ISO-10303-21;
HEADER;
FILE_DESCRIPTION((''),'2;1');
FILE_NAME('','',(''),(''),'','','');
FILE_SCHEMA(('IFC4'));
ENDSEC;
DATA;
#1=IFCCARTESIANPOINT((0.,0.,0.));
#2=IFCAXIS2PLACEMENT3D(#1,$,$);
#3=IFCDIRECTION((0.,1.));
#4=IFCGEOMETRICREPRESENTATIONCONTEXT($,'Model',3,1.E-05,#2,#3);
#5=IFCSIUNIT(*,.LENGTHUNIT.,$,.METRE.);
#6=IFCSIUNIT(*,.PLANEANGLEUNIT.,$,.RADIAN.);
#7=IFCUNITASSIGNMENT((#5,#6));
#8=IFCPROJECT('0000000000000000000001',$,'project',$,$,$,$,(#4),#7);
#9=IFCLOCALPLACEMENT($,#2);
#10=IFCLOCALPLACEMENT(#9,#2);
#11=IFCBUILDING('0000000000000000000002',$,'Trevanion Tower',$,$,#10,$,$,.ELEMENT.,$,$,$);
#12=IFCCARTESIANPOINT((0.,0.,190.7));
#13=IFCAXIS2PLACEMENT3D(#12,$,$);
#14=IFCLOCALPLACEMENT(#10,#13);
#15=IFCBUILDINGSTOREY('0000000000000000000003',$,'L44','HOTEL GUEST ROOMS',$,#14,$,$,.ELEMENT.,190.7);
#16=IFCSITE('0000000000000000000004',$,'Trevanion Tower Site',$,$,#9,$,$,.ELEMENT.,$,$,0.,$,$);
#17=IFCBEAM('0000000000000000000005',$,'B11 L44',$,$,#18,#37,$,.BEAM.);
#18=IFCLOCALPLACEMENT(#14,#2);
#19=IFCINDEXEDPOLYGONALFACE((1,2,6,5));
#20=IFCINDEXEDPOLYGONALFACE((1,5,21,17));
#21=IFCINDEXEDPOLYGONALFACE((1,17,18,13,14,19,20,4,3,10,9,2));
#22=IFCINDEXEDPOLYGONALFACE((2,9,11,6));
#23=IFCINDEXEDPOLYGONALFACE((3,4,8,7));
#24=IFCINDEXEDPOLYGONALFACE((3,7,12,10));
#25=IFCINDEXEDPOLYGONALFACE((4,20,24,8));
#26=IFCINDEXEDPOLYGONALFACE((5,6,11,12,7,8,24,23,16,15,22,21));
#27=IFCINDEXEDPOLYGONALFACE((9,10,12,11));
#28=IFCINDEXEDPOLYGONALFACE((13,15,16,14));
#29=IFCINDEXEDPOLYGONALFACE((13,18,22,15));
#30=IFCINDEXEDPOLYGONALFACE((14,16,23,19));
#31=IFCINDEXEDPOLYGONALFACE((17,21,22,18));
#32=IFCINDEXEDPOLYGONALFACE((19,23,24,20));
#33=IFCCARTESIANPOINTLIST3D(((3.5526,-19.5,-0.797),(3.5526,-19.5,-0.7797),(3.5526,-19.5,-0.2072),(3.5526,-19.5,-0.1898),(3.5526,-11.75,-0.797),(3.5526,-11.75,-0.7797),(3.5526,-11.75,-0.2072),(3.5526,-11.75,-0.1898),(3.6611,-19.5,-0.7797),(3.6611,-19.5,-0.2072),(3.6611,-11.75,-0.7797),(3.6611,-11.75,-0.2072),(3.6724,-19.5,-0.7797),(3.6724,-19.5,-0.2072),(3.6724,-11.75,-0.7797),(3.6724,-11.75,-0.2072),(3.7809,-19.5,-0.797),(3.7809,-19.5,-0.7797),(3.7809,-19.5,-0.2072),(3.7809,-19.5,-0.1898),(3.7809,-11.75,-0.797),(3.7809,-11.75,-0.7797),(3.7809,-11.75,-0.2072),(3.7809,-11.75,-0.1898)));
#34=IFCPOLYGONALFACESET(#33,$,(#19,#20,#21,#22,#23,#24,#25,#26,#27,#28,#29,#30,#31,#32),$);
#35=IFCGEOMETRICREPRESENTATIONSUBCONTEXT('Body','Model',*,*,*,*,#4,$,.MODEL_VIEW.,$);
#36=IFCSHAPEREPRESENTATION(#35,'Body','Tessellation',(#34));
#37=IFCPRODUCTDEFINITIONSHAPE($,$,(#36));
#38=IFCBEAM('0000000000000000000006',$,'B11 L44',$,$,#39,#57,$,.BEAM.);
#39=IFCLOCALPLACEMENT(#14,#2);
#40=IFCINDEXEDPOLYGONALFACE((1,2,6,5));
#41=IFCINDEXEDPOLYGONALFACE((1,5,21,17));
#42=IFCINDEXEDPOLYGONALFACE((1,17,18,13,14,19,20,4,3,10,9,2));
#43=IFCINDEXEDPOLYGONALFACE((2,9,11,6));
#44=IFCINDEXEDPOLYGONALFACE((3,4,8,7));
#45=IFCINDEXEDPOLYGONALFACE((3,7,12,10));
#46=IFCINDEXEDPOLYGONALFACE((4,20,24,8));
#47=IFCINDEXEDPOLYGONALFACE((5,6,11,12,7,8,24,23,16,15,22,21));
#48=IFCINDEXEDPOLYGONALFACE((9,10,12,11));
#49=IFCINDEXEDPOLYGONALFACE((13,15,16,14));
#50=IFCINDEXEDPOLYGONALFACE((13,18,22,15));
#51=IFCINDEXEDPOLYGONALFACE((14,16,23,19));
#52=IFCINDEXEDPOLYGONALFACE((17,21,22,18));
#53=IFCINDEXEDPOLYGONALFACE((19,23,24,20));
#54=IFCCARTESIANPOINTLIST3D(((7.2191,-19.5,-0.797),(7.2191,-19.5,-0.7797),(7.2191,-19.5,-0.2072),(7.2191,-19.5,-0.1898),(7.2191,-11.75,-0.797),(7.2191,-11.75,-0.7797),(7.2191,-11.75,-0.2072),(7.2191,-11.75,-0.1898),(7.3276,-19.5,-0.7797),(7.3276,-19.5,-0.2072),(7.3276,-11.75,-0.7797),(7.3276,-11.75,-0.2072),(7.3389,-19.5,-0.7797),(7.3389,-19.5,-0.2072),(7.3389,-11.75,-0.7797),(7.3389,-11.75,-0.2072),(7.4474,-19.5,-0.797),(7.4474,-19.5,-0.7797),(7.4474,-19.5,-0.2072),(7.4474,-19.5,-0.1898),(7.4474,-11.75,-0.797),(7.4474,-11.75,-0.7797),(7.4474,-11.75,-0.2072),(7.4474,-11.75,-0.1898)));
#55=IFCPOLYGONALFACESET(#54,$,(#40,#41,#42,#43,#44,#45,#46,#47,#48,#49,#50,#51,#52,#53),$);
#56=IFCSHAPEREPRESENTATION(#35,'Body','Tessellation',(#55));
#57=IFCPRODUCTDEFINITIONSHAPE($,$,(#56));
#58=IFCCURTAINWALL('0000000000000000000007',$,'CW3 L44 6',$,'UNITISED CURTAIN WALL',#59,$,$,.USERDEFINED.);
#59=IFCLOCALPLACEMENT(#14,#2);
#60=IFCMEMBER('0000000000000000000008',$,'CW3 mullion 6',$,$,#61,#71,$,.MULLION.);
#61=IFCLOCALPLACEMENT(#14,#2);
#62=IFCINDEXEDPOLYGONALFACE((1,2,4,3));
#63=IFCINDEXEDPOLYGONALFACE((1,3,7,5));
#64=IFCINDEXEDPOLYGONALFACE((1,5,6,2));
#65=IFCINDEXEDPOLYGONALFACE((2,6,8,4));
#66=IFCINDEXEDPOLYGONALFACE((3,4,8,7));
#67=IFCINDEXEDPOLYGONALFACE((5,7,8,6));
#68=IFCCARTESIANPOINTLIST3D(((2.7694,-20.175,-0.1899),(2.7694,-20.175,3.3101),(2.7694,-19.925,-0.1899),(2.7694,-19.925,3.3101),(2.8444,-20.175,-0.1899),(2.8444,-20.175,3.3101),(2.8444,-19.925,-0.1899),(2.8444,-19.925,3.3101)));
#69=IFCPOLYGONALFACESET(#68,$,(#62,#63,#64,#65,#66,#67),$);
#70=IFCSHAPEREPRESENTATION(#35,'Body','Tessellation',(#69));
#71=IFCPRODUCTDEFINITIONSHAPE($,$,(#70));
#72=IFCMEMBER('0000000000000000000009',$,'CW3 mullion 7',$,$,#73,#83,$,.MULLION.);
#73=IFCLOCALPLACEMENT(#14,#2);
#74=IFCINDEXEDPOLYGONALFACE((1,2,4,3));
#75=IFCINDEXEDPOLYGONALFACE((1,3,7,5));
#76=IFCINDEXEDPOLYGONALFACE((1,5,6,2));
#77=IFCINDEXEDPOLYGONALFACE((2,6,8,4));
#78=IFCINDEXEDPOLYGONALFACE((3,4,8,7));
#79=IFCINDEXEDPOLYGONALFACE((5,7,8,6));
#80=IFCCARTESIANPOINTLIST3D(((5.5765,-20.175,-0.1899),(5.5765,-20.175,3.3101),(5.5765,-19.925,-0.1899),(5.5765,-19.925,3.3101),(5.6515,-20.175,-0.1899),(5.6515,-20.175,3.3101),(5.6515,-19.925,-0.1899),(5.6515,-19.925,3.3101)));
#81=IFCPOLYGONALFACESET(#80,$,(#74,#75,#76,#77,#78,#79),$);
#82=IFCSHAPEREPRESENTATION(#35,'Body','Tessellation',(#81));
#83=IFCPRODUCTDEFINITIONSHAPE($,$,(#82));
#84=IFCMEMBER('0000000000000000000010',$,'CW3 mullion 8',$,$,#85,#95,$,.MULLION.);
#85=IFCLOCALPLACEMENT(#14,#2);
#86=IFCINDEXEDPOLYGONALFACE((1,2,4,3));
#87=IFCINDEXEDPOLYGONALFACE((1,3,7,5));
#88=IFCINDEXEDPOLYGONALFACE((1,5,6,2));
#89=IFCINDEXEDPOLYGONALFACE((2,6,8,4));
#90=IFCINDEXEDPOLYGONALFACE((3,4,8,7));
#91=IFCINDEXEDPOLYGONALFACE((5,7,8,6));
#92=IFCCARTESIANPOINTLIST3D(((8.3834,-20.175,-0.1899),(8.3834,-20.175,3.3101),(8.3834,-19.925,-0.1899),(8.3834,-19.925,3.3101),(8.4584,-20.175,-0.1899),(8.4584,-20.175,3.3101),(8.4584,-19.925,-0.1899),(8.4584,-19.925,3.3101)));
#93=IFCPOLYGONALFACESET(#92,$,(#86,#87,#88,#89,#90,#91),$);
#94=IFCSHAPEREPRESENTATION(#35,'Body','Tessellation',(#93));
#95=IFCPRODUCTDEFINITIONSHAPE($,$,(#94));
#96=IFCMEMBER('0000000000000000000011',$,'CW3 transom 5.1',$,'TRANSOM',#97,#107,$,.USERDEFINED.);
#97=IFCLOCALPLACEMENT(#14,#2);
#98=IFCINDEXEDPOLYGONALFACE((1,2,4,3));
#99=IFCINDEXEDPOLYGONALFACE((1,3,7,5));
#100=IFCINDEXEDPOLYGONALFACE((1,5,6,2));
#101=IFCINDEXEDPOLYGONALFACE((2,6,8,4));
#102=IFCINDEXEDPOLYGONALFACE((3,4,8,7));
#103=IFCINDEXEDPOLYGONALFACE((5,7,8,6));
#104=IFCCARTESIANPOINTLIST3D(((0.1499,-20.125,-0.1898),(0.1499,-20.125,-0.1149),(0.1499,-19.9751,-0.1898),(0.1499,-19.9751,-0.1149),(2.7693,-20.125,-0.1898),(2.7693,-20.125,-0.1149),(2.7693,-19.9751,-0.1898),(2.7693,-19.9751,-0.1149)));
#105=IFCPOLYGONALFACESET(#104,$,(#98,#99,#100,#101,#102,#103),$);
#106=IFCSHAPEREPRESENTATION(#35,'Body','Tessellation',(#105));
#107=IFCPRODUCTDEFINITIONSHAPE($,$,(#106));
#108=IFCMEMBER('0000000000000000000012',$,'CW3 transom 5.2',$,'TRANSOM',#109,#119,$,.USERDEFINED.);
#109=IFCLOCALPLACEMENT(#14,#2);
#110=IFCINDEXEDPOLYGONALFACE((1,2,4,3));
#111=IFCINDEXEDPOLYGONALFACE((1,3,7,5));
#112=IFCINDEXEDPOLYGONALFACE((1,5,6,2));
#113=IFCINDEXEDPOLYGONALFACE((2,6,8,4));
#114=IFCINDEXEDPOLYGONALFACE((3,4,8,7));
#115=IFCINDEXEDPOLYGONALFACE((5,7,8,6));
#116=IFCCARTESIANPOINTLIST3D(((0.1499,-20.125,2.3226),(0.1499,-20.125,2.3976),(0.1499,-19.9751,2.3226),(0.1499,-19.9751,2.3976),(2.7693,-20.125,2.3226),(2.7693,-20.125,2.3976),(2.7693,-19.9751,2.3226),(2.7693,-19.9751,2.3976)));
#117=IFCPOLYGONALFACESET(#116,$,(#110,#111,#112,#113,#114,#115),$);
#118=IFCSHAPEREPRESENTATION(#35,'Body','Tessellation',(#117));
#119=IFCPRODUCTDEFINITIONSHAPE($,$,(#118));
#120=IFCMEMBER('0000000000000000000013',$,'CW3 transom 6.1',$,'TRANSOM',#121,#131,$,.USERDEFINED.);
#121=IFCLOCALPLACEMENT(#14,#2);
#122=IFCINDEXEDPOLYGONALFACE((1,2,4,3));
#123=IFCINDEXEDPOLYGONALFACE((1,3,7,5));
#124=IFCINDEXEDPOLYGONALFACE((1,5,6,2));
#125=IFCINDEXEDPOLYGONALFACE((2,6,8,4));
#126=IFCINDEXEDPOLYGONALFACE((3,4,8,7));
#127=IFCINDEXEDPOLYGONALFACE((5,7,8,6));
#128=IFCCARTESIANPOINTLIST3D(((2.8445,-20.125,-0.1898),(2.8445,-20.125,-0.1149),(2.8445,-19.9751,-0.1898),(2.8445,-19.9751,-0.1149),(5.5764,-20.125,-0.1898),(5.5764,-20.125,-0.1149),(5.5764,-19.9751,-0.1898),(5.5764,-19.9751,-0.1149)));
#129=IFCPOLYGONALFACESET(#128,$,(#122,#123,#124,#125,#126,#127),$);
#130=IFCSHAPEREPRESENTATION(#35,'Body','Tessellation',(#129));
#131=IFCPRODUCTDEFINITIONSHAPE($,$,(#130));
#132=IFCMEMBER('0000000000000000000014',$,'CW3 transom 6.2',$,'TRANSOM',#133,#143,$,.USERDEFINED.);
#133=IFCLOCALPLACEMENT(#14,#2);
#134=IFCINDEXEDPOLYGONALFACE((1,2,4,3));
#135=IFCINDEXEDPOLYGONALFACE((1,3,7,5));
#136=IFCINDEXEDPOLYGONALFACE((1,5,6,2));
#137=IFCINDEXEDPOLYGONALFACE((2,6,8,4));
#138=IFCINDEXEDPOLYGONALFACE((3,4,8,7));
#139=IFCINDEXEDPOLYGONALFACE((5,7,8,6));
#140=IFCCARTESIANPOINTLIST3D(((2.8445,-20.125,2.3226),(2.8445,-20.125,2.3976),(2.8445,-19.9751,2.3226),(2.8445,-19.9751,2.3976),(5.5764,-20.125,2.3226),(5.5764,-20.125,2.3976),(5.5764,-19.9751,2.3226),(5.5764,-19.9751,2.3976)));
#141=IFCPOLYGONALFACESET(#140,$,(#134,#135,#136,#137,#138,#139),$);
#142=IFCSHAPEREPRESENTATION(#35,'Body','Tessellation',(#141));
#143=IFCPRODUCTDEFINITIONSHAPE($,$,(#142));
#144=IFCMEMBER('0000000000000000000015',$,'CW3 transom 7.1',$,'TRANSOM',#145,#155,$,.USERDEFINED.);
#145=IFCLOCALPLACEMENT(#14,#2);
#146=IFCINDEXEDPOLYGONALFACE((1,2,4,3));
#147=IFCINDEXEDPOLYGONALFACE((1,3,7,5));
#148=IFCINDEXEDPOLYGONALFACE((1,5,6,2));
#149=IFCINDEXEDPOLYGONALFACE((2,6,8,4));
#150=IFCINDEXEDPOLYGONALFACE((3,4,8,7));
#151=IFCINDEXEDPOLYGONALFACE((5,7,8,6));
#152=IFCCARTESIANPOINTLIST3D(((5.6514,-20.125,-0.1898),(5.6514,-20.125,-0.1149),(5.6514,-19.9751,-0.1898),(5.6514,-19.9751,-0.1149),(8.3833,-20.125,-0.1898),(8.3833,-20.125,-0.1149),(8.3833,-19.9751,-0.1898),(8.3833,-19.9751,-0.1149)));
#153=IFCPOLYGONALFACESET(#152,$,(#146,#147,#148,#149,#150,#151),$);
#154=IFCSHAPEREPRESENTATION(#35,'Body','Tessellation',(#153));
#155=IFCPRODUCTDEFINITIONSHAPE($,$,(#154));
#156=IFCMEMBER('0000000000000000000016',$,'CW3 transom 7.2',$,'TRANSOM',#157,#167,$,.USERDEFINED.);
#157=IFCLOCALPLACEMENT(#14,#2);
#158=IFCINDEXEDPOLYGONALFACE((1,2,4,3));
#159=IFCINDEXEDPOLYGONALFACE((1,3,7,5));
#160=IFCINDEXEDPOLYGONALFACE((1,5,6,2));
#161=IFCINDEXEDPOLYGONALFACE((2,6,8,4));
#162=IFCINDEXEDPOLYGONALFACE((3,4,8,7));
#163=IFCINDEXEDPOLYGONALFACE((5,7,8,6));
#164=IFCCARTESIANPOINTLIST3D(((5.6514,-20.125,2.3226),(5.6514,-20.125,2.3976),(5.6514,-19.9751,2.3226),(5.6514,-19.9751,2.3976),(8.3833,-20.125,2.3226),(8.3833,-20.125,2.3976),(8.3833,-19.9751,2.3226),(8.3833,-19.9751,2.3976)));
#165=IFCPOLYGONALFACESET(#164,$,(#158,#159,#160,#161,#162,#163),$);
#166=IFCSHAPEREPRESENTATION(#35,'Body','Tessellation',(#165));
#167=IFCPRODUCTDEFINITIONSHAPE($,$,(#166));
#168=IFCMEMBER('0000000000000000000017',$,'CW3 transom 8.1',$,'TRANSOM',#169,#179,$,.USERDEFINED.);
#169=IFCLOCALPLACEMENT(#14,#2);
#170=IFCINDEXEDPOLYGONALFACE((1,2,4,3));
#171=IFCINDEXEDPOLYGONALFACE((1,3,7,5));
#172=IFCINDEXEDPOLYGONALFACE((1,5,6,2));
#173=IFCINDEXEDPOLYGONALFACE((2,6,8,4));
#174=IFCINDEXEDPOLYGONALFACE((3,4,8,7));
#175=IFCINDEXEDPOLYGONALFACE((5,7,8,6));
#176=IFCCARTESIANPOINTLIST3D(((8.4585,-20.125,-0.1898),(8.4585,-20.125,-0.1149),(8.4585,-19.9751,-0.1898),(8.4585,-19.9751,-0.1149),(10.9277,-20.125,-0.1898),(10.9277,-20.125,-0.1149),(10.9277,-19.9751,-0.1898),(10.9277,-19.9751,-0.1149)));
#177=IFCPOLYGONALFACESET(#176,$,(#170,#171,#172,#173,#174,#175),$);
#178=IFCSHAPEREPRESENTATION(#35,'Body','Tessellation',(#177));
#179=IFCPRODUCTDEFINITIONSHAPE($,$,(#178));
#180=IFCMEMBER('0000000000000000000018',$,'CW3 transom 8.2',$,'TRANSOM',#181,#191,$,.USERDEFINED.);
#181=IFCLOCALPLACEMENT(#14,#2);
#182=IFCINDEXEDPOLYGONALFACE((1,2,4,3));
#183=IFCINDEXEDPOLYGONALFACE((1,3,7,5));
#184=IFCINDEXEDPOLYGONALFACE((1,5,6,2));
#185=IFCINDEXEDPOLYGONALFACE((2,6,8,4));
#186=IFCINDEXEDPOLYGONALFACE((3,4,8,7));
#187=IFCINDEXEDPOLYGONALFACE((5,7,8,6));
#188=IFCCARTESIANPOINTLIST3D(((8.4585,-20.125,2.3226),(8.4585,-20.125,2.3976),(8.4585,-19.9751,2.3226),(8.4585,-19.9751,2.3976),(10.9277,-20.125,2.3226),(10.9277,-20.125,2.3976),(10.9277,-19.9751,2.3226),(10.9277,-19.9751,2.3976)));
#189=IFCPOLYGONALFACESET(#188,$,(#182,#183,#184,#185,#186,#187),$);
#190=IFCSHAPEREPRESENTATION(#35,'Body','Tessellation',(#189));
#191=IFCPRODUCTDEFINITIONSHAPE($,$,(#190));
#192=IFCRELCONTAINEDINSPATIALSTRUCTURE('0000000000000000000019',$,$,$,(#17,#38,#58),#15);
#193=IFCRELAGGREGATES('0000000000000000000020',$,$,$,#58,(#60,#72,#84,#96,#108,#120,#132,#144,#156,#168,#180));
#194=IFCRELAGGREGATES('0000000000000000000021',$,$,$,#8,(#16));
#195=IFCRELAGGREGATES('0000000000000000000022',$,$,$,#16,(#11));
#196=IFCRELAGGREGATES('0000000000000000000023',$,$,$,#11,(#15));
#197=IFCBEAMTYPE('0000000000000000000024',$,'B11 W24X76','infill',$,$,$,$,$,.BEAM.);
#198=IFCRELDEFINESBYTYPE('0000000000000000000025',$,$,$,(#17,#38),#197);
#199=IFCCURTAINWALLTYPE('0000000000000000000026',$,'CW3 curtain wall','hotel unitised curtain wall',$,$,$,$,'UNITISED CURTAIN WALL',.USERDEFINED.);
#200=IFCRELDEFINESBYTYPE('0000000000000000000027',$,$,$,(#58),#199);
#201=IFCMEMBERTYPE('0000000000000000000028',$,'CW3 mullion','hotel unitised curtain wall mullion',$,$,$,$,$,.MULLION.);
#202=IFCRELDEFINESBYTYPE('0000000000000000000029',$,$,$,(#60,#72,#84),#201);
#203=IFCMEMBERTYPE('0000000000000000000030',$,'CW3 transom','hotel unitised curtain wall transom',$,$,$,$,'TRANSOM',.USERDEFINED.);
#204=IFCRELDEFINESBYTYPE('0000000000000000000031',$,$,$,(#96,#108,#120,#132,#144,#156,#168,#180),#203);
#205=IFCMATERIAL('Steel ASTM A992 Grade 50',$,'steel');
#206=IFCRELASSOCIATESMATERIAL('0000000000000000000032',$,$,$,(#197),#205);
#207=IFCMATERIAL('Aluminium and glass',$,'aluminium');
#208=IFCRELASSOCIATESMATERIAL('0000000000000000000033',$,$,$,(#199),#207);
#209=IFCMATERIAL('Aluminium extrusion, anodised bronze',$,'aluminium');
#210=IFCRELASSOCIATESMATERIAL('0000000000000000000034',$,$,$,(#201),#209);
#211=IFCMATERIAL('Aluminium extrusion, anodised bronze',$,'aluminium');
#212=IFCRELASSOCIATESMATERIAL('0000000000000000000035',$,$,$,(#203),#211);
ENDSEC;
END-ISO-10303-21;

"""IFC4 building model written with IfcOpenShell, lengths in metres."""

from ifc_helpers import new_model, si_unit, direction, frame, origin, origin_2d, place, context, subcontext, project, spatial, rectangle, i_section, extrude, material, material_profile, profile_set, type_object, element, aggregate, save


model = new_model("IFC4")

# Units and contexts
model_context = context("Model", 3, precision=1e-05, world=origin(), true_north=direction((0.0, 1.0)))
body_context = subcontext(model_context, "Body", "Model", "MODEL_VIEW")
ifc_project = project(units=[si_unit("LENGTHUNIT", "METRE"), si_unit("PLANEANGLEUNIT", "RADIAN")], contexts=[model_context])

# Site, building, storey
site_placement = place(None, origin())
site = spatial("IfcSite", under=ifc_project, at=site_placement, Name="Trevanion Tower Site", CompositionType="ELEMENT", RefElevation=0.0)
building_placement = place(site_placement, origin())
building = spatial("IfcBuilding", under=site, at=building_placement, Name="Trevanion Tower", CompositionType="ELEMENT")
storey_placement = place(building_placement, frame((0.0, 0.0, 190.7)))
storey = spatial("IfcBuildingStorey", under=building, at=storey_placement, Name="L44", Description="HOTEL GUEST ROOMS", CompositionType="ELEMENT", Elevation=190.7)

# Beams
ifc_material_1 = material(Name="Steel ASTM A992 Grade 50", Category="steel")
ifc_material_profile_1 = material_profile(ifc_material_1, i_section(OverallWidth=0.2283, OverallDepth=0.6072, WebThickness=0.0112, FlangeThickness=0.0173, at=origin_2d()), Name="W24X76")
ifc_profile_set_1 = profile_set([ifc_material_profile_1], Name="Steel ASTM A992 Grade 50")
beam_type_1 = type_object("IfcBeamType", Name="B11 W24X76", Description="infill", PredefinedType="BEAM", material=ifc_profile_set_1)
for number, where, z_axis, x_axis, name in (
    (1, (3.6667, -11.75, -0.4934), (0.0, -1.0, 0.0), (1.0, 0.0, 0.0), "B11 L44"),
    (2, (7.3333, -11.75, -0.4934), (0.0, -1.0, 0.0), (1.0, 0.0, 0.0), "B11 L44"),
):
    element("IfcBeam", number, at=place(storey_placement, frame(where, z_axis=z_axis, x_axis=x_axis)), inside=storey, type_object=beam_type_1, Name=name, PredefinedType="BEAM", context=body_context, shape_type="SweptSolid", body=[
        extrude(i_section(OverallWidth=0.2283, OverallDepth=0.6072, WebThickness=0.0112, FlangeThickness=0.0173, at=origin_2d()), origin(), (0.0, 0.0, 1.0), 7.75),
    ])

# Curtain wall, members
ifc_material_2 = material(Name="Aluminium and glass", Category="aluminium")
curtain_wall_type = type_object("IfcCurtainWallType", Name="CW3 curtain wall", Description="hotel unitised curtain wall", ElementType="UNITISED CURTAIN WALL", PredefinedType="USERDEFINED", material=ifc_material_2)
curtain_wall_placement = place(storey_placement, origin())
curtain_wall = element("IfcCurtainWall", 3, at=curtain_wall_placement, inside=storey, type_object=curtain_wall_type, Name="CW3 L44 6", ObjectType="UNITISED CURTAIN WALL", PredefinedType="USERDEFINED")
ifc_material_3 = material(Name="Aluminium extrusion, anodised bronze", Category="aluminium")
ifc_material_profile_2 = material_profile(ifc_material_3, rectangle(XDim=0.075, YDim=0.25, at=origin_2d()), Name="CW3 mullion")
ifc_profile_set_2 = profile_set([ifc_material_profile_2], Name="Aluminium extrusion, anodised bronze")
member_type_1 = type_object("IfcMemberType", Name="CW3 mullion", Description="hotel unitised curtain wall mullion", PredefinedType="MULLION", material=ifc_profile_set_2)
member_1_placement = place(storey_placement, frame((2.8069, -20.05, -0.1899), z_axis=(0.0, 0.0, 1.0), x_axis=(1.0, 0.0, 0.0)))
member_1 = element("IfcMember", 4, at=member_1_placement, type_object=member_type_1, Name="CW3 mullion 6", PredefinedType="MULLION", context=body_context, shape_type="SweptSolid", body=[
    extrude(rectangle(XDim=0.075, YDim=0.25, at=origin_2d()), origin(), (0.0, 0.0, 1.0), 3.5),
])
member_2_placement = place(storey_placement, frame((5.614, -20.05, -0.1899), z_axis=(0.0, 0.0, 1.0), x_axis=(1.0, 0.0, 0.0)))
member_2 = element("IfcMember", 5, at=member_2_placement, type_object=member_type_1, Name="CW3 mullion 7", PredefinedType="MULLION", context=body_context, shape_type="SweptSolid", body=[
    extrude(rectangle(XDim=0.075, YDim=0.25, at=origin_2d()), origin(), (0.0, 0.0, 1.0), 3.5),
])
member_3_placement = place(storey_placement, frame((8.4209, -20.05, -0.1899), z_axis=(0.0, 0.0, 1.0), x_axis=(1.0, 0.0, 0.0)))
member_3 = element("IfcMember", 6, at=member_3_placement, type_object=member_type_1, Name="CW3 mullion 8", PredefinedType="MULLION", context=body_context, shape_type="SweptSolid", body=[
    extrude(rectangle(XDim=0.075, YDim=0.25, at=origin_2d()), origin(), (0.0, 0.0, 1.0), 3.5),
])
ifc_material_4 = material(Name="Aluminium extrusion, anodised bronze", Category="aluminium")
ifc_material_profile_3 = material_profile(ifc_material_4, rectangle(XDim=0.1499, YDim=0.075, at=origin_2d()), Name="CW3 transom")
ifc_profile_set_3 = profile_set([ifc_material_profile_3], Name="Aluminium extrusion, anodised bronze")
member_type_2 = type_object("IfcMemberType", Name="CW3 transom", Description="hotel unitised curtain wall transom", ElementType="TRANSOM", PredefinedType="USERDEFINED", material=ifc_profile_set_3)
member_4_placement = place(storey_placement, frame((0.1499, -20.05, -0.1523), z_axis=(1.0, 0.0, 0.0), x_axis=(0.0, 1.0, 0.0)))
member_4 = element("IfcMember", 7, at=member_4_placement, type_object=member_type_2, Name="CW3 transom 5.1", ObjectType="TRANSOM", PredefinedType="USERDEFINED", context=body_context, shape_type="SweptSolid", body=[
    extrude(rectangle(XDim=0.1499, YDim=0.075, at=origin_2d()), origin(), (0.0, 0.0, 1.0), 2.6194),
])
member_5_placement = place(storey_placement, frame((0.1499, -20.05, 2.3601), z_axis=(1.0, 0.0, 0.0), x_axis=(0.0, 1.0, 0.0)))
member_5 = element("IfcMember", 8, at=member_5_placement, type_object=member_type_2, Name="CW3 transom 5.2", ObjectType="TRANSOM", PredefinedType="USERDEFINED", context=body_context, shape_type="SweptSolid", body=[
    extrude(rectangle(XDim=0.1499, YDim=0.075, at=origin_2d()), origin(), (0.0, 0.0, 1.0), 2.6194),
])
member_6_placement = place(storey_placement, frame((2.8445, -20.05, -0.1523), z_axis=(1.0, 0.0, 0.0), x_axis=(0.0, 1.0, 0.0)))
member_6 = element("IfcMember", 9, at=member_6_placement, type_object=member_type_2, Name="CW3 transom 6.1", ObjectType="TRANSOM", PredefinedType="USERDEFINED", context=body_context, shape_type="SweptSolid", body=[
    extrude(rectangle(XDim=0.1499, YDim=0.075, at=origin_2d()), origin(), (0.0, 0.0, 1.0), 2.7319),
])
member_7_placement = place(storey_placement, frame((2.8445, -20.05, 2.3601), z_axis=(1.0, 0.0, 0.0), x_axis=(0.0, 1.0, 0.0)))
member_7 = element("IfcMember", 10, at=member_7_placement, type_object=member_type_2, Name="CW3 transom 6.2", ObjectType="TRANSOM", PredefinedType="USERDEFINED", context=body_context, shape_type="SweptSolid", body=[
    extrude(rectangle(XDim=0.1499, YDim=0.075, at=origin_2d()), origin(), (0.0, 0.0, 1.0), 2.7319),
])
member_8_placement = place(storey_placement, frame((5.6514, -20.05, -0.1523), z_axis=(1.0, 0.0, 0.0), x_axis=(0.0, 1.0, 0.0)))
member_8 = element("IfcMember", 11, at=member_8_placement, type_object=member_type_2, Name="CW3 transom 7.1", ObjectType="TRANSOM", PredefinedType="USERDEFINED", context=body_context, shape_type="SweptSolid", body=[
    extrude(rectangle(XDim=0.1499, YDim=0.075, at=origin_2d()), origin(), (0.0, 0.0, 1.0), 2.7319),
])
member_9_placement = place(storey_placement, frame((5.6514, -20.05, 2.3601), z_axis=(1.0, 0.0, 0.0), x_axis=(0.0, 1.0, 0.0)))
member_9 = element("IfcMember", 12, at=member_9_placement, type_object=member_type_2, Name="CW3 transom 7.2", ObjectType="TRANSOM", PredefinedType="USERDEFINED", context=body_context, shape_type="SweptSolid", body=[
    extrude(rectangle(XDim=0.1499, YDim=0.075, at=origin_2d()), origin(), (0.0, 0.0, 1.0), 2.7319),
])
member_10_placement = place(storey_placement, frame((8.4585, -20.05, -0.1523), z_axis=(1.0, 0.0, 0.0), x_axis=(0.0, 1.0, 0.0)))
member_10 = element("IfcMember", 13, at=member_10_placement, type_object=member_type_2, Name="CW3 transom 8.1", ObjectType="TRANSOM", PredefinedType="USERDEFINED", context=body_context, shape_type="SweptSolid", body=[
    extrude(rectangle(XDim=0.1499, YDim=0.075, at=origin_2d()), origin(), (0.0, 0.0, 1.0), 2.4692),
])
member_11_placement = place(storey_placement, frame((8.4585, -20.05, 2.3601), z_axis=(1.0, 0.0, 0.0), x_axis=(0.0, 1.0, 0.0)))
member_11 = element("IfcMember", 14, at=member_11_placement, type_object=member_type_2, Name="CW3 transom 8.2", ObjectType="TRANSOM", PredefinedType="USERDEFINED", context=body_context, shape_type="SweptSolid", body=[
    extrude(rectangle(XDim=0.1499, YDim=0.075, at=origin_2d()), origin(), (0.0, 0.0, 1.0), 2.4692),
])

aggregate(curtain_wall, [member_1, member_2, member_3, member_4, member_5, member_6, member_7, member_8, member_9, member_10, member_11])

save(model, "model.ifc")
